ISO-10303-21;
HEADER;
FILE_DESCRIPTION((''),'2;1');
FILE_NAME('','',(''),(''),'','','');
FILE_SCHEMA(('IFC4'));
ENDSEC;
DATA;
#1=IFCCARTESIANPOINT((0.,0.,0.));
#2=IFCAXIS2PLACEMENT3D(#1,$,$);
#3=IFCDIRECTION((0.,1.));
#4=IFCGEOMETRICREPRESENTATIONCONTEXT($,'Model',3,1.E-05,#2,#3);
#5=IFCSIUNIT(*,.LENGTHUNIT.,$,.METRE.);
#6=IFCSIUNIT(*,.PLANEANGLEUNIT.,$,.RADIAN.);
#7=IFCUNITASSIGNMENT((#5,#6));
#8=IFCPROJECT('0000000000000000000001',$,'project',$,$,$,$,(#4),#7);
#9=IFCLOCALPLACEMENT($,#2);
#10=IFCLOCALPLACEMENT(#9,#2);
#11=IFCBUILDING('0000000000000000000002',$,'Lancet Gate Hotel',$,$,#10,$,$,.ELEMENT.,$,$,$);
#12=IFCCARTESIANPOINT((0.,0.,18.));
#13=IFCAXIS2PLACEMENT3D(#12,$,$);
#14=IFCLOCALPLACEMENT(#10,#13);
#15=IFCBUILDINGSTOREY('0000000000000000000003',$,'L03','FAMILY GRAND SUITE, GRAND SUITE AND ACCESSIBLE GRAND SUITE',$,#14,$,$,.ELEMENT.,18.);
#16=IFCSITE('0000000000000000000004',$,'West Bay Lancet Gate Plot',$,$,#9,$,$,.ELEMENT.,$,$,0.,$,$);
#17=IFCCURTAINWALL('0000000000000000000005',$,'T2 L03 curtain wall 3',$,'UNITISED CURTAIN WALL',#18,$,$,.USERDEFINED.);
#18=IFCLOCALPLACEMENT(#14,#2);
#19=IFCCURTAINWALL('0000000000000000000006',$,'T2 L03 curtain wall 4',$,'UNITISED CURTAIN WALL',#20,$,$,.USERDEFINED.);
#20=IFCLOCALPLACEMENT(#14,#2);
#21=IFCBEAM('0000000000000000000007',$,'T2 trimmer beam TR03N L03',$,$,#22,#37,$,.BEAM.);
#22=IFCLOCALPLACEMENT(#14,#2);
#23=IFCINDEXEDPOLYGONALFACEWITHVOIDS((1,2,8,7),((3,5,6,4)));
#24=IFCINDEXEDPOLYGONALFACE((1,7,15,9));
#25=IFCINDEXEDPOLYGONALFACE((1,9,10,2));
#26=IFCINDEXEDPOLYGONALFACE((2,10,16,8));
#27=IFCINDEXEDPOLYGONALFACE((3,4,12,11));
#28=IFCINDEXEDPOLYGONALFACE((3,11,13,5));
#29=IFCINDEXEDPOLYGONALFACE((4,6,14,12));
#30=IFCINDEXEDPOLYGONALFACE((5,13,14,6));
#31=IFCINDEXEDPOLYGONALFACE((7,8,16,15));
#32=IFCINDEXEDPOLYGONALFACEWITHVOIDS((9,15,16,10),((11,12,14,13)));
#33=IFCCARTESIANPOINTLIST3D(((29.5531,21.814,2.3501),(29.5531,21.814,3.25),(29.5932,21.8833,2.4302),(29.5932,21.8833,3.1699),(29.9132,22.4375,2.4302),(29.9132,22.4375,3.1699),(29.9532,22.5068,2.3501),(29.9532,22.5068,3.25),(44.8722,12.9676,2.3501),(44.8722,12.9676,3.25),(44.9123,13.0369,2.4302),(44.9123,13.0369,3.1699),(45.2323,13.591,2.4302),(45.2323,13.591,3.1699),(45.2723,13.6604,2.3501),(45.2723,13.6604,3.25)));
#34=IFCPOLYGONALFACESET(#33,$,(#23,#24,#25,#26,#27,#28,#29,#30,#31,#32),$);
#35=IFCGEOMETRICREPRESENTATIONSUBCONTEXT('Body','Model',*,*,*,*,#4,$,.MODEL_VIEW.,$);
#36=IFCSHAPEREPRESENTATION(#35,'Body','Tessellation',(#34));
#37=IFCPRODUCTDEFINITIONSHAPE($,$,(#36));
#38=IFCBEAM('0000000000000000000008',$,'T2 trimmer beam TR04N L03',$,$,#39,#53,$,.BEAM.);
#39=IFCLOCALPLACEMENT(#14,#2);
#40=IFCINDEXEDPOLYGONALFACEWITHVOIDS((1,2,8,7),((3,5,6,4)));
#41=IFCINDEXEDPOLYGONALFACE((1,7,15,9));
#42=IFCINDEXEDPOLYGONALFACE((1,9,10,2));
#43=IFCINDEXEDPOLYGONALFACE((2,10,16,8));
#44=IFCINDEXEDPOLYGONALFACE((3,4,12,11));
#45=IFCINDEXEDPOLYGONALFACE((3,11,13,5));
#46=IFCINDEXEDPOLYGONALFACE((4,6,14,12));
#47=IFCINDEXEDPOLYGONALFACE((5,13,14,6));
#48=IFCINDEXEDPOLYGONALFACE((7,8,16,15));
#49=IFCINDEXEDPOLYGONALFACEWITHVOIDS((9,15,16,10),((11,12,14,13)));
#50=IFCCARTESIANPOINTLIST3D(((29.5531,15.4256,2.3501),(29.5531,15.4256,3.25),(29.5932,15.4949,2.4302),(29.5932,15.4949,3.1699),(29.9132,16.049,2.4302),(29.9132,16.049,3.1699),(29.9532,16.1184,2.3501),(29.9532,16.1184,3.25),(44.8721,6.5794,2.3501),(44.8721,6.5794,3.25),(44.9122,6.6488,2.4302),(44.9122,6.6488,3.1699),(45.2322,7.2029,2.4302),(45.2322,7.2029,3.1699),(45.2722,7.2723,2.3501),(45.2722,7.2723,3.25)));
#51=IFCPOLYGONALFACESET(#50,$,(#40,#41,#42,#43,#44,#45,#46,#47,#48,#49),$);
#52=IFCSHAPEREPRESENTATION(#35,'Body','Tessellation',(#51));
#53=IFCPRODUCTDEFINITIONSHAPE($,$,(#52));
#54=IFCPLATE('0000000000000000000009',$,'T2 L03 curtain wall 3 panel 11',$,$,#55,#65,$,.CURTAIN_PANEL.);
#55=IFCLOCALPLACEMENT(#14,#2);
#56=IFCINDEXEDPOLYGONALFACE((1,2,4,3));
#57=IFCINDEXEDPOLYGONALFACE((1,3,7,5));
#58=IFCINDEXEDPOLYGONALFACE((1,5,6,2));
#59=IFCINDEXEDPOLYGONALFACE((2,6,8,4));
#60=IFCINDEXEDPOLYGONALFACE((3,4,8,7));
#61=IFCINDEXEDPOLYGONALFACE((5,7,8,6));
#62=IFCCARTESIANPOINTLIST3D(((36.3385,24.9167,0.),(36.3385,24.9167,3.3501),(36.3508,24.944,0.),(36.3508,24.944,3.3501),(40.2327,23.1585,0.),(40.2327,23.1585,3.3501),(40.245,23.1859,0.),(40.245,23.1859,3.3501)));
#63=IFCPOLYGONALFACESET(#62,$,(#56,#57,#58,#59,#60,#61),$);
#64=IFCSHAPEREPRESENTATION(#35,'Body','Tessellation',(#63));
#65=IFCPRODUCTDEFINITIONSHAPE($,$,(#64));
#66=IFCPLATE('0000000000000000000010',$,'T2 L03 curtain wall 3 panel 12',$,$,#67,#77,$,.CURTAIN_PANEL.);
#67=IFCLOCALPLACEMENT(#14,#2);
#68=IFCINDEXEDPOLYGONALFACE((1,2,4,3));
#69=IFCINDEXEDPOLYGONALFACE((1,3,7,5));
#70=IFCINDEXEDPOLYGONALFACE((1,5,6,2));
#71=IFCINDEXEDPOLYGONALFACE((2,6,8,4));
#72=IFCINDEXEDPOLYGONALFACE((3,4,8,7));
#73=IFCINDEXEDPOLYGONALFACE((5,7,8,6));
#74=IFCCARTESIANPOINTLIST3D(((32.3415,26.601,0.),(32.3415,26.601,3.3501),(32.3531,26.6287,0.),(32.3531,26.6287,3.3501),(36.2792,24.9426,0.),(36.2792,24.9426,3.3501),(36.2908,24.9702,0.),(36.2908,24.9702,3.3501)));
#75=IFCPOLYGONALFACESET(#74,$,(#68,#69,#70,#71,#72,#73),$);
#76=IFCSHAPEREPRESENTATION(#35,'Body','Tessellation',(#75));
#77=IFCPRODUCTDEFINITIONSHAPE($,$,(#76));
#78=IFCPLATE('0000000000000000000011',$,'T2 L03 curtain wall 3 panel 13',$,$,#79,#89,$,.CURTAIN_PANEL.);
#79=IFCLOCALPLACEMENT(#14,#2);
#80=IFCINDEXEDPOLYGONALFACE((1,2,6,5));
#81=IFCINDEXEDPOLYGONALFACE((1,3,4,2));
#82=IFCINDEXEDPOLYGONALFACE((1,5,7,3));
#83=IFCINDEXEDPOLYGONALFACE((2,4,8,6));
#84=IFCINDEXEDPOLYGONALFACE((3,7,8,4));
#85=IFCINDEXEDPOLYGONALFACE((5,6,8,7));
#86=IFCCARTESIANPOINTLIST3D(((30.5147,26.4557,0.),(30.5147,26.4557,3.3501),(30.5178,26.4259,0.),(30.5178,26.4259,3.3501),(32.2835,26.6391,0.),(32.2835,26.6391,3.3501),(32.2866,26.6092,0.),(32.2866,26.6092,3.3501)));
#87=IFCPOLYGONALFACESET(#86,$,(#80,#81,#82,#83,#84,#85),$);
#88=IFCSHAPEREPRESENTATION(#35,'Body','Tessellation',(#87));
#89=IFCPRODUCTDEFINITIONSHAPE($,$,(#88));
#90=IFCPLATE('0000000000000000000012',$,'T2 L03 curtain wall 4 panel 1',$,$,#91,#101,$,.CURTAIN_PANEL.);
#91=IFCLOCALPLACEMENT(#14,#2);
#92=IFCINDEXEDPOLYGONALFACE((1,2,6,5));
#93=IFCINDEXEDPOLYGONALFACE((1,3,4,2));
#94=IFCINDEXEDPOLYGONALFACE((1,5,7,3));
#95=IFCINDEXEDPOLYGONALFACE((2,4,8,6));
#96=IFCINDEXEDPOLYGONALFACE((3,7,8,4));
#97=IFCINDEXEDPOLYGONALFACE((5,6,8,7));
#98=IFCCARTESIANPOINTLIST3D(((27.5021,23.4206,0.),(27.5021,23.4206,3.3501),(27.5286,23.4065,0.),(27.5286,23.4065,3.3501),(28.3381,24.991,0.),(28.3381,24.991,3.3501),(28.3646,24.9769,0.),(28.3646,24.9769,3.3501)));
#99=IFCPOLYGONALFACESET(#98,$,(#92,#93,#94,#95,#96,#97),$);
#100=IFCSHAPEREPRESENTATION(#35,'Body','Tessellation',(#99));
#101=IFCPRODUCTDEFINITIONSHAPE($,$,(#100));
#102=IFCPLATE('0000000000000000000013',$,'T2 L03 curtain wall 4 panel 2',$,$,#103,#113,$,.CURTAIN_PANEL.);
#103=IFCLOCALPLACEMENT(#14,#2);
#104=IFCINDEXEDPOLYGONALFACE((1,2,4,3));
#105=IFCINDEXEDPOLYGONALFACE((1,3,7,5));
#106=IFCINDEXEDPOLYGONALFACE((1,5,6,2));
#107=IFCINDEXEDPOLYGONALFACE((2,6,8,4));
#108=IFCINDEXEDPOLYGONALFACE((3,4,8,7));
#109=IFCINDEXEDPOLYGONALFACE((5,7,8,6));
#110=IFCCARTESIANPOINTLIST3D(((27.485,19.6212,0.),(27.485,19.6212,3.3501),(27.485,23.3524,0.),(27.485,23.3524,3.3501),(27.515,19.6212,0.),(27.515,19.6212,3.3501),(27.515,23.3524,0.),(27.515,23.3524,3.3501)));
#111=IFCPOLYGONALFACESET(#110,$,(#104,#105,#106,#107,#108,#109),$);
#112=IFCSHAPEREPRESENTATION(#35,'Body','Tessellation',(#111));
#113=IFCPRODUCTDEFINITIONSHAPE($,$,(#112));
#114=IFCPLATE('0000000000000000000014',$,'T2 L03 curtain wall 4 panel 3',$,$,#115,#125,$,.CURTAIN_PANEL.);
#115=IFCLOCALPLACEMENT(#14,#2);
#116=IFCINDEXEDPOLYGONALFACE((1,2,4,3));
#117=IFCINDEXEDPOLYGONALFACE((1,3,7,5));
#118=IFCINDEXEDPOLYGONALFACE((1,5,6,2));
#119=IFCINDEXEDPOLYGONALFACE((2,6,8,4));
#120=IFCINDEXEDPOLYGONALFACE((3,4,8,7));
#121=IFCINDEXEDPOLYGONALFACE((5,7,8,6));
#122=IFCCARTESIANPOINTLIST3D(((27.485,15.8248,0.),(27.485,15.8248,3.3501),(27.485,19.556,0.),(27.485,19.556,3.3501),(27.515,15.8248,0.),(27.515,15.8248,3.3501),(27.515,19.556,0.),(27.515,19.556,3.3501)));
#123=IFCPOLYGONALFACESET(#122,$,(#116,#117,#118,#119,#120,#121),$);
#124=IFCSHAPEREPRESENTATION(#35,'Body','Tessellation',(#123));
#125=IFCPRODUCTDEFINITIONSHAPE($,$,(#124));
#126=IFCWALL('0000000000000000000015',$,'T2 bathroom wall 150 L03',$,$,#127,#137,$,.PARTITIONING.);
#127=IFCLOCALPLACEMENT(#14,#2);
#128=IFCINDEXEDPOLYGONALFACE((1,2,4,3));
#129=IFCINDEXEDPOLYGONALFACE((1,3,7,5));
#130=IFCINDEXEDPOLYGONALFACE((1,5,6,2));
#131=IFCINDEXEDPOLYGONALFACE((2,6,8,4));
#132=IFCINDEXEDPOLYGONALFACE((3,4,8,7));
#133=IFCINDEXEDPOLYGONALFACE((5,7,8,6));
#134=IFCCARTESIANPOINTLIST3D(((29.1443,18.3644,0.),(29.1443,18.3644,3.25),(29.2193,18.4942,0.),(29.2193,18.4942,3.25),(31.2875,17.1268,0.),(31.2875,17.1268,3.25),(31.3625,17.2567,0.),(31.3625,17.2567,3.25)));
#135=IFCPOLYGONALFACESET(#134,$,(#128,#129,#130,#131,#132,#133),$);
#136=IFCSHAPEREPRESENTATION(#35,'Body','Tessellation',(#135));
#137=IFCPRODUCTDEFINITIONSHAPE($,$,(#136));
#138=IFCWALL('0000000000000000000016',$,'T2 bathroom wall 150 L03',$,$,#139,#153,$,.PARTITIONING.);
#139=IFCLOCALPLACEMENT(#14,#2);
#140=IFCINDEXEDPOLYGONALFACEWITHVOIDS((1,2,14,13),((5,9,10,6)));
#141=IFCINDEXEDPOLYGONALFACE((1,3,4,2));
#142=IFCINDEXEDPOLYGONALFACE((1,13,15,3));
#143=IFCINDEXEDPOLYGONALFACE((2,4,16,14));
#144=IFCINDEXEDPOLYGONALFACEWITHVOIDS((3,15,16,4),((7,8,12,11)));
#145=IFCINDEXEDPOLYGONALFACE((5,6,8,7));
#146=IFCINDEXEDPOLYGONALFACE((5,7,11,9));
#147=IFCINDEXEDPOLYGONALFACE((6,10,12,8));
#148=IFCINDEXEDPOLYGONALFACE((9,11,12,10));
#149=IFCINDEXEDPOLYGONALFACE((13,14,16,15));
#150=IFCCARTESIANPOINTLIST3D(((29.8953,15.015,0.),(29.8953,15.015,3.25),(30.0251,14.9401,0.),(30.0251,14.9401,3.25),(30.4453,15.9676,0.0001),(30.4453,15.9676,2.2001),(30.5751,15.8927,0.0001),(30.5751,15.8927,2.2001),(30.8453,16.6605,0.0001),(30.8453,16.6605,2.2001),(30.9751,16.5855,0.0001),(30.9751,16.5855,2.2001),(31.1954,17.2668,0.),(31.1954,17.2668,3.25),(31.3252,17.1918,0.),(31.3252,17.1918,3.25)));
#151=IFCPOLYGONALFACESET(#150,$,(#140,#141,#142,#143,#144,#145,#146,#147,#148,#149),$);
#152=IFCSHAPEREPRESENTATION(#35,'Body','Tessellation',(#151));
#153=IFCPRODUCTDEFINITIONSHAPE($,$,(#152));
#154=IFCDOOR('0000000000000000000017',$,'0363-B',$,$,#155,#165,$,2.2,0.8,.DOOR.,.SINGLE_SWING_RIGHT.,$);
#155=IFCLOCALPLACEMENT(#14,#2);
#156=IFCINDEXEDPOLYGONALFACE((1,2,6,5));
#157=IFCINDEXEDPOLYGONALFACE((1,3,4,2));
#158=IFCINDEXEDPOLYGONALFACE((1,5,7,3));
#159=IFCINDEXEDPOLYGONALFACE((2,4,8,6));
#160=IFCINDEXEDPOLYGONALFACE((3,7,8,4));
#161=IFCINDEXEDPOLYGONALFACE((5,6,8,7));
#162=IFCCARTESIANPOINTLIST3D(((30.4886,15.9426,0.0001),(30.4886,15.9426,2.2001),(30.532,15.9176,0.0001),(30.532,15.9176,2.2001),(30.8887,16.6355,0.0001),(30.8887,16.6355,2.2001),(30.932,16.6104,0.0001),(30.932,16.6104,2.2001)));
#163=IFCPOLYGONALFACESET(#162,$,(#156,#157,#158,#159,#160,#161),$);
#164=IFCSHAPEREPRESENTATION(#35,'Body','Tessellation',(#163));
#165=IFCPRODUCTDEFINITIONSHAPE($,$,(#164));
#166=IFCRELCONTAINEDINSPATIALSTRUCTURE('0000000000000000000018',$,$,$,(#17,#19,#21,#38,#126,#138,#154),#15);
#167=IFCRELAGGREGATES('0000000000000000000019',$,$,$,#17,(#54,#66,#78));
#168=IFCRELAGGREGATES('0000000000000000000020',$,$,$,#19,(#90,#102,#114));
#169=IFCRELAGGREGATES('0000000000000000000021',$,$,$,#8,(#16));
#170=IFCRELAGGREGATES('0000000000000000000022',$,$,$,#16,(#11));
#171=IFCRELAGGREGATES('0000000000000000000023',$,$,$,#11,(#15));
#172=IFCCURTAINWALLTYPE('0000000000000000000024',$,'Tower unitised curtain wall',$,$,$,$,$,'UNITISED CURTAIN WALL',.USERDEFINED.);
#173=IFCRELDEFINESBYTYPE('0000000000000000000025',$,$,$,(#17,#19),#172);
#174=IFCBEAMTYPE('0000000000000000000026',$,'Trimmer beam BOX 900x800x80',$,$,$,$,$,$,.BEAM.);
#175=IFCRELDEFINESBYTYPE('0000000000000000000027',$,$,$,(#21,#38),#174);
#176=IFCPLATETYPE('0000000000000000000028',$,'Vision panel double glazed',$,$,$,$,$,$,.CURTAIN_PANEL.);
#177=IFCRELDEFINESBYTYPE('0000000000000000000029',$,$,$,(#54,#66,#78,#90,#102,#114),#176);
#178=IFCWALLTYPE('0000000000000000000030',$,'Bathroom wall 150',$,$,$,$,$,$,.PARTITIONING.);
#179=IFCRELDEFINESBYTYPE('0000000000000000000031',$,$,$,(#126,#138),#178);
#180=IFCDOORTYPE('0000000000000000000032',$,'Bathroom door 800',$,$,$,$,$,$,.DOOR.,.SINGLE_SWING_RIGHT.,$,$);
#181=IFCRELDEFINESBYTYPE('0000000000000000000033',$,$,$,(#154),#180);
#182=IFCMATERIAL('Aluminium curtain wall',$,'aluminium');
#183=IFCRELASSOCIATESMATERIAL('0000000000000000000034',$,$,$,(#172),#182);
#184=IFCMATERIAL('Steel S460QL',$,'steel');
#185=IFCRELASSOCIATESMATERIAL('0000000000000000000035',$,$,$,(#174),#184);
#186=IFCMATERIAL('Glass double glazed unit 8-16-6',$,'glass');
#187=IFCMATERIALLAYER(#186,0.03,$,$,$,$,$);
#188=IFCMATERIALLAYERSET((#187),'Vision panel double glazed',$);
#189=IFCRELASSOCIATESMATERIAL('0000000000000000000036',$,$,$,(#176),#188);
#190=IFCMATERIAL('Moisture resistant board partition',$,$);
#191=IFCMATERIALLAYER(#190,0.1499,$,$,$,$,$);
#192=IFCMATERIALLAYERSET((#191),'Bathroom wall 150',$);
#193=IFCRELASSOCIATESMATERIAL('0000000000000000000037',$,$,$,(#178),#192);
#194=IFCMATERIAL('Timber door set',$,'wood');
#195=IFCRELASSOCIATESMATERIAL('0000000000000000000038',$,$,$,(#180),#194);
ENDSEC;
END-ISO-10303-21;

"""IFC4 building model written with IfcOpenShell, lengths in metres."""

from ifc_helpers import new_model, si_unit, direction, frame, frame_2d, origin, origin_2d, place, context, subcontext, project, spatial, rectangle, hollow_rectangle, extrude, material, layer, layer_set, material_profile, profile_set, type_object, element, fill, aggregate, save


model = new_model("IFC4")

# Units and contexts
model_context = context("Model", 3, precision=1e-05, world=origin(), true_north=direction((0.0, 1.0)))
body_context = subcontext(model_context, "Body", "Model", "MODEL_VIEW")
ifc_project = project(units=[si_unit("LENGTHUNIT", "METRE"), si_unit("PLANEANGLEUNIT", "RADIAN")], contexts=[model_context])

# Site, building, storey
site_placement = place(None, origin())
site = spatial("IfcSite", under=ifc_project, at=site_placement, Name="West Bay Lancet Gate Plot", CompositionType="ELEMENT", RefElevation=0.0)
building_placement = place(site_placement, origin())
building = spatial("IfcBuilding", under=site, at=building_placement, Name="Lancet Gate Hotel", CompositionType="ELEMENT")
storey_placement = place(building_placement, frame((0.0, 0.0, 18.0)))
storey = spatial("IfcBuildingStorey", under=building, at=storey_placement, Name="L03", Description="FAMILY GRAND SUITE, GRAND SUITE AND ACCESSIBLE GRAND SUITE", CompositionType="ELEMENT", Elevation=18.0)

# Curtain walls
ifc_material_1 = material(Name="Aluminium curtain wall", Category="aluminium")
curtain_wall_type = type_object("IfcCurtainWallType", Name="Tower unitised curtain wall", ElementType="UNITISED CURTAIN WALL", PredefinedType="USERDEFINED", material=ifc_material_1)
curtain_wall_1_placement = place(storey_placement, origin())
curtain_wall_1 = element("IfcCurtainWall", 1, at=curtain_wall_1_placement, inside=storey, type_object=curtain_wall_type, Name="T2 L03 curtain wall 3", ObjectType="UNITISED CURTAIN WALL", PredefinedType="USERDEFINED")
curtain_wall_2_placement = place(storey_placement, origin())
curtain_wall_2 = element("IfcCurtainWall", 2, at=curtain_wall_2_placement, inside=storey, type_object=curtain_wall_type, Name="T2 L03 curtain wall 4", ObjectType="UNITISED CURTAIN WALL", PredefinedType="USERDEFINED")

# Beams
ifc_material_2 = material(Name="Steel S460QL", Category="steel")
ifc_material_profile_1 = material_profile(ifc_material_2, hollow_rectangle(XDim=0.8, YDim=0.8999, WallThickness=0.0801, at=origin_2d()), Name="BOX 900x800x80")
ifc_profile_set_1 = profile_set([ifc_material_profile_1], Name="Steel S460QL")
beam_type_1 = type_object("IfcBeamType", Name="Trimmer beam BOX 900x800x80", PredefinedType="BEAM", material=ifc_profile_set_1)
beam_1_placement = place(storey_placement, frame((29.7532, 22.1604, 2.8), z_axis=(0.865978, -0.500083, 0.0), x_axis=(0.500083, 0.865978, 0.0)))
element("IfcBeam", 3, at=beam_1_placement, inside=storey, type_object=beam_type_1, Name="T2 trimmer beam TR03N L03", PredefinedType="BEAM", context=body_context, shape_type="SweptSolid", body=[
    extrude(hollow_rectangle(XDim=0.8, YDim=0.8999, WallThickness=0.0801, at=origin_2d()), origin(), (0.0, 0.0, 1.0), 17.6899),
])
beam_2_placement = place(storey_placement, frame((29.7532, 15.772, 2.8), z_axis=(0.865984, -0.500072, 0.0), x_axis=(0.500072, 0.865984, 0.0)))
element("IfcBeam", 4, at=beam_2_placement, inside=storey, type_object=beam_type_1, Name="T2 trimmer beam TR04N L03", PredefinedType="BEAM", context=body_context, shape_type="SweptSolid", body=[
    extrude(hollow_rectangle(XDim=0.8, YDim=0.8999, WallThickness=0.0801, at=origin_2d()), origin(), (0.0, 0.0, 1.0), 17.6897),
])

# Plates
ifc_material_3 = material(Name="Glass double glazed unit 8-16-6", Category="glass")
ifc_layer_1 = layer(ifc_material_3, 0.03)
ifc_layer_set_1 = layer_set([ifc_layer_1], Name="Vision panel double glazed")
plate_type = type_object("IfcPlateType", Name="Vision panel double glazed", PredefinedType="CURTAIN_PANEL", material=ifc_layer_set_1)
plate_1_placement = place(storey_placement, frame((38.2917, 24.0513, 0.0), z_axis=(0.0, 0.0, 1.0), x_axis=(-0.911416, 0.411487, 0.0)))
plate_1 = element("IfcPlate", 5, at=plate_1_placement, type_object=plate_type, Name="T2 L03 curtain wall 3 panel 11", PredefinedType="CURTAIN_PANEL", context=body_context, shape_type="SweptSolid", body=[
    extrude(rectangle(XDim=4.2727, YDim=0.03, at=origin_2d()), origin(), (0.0, 0.0, 1.0), 3.3501),
])
plate_2_placement = place(storey_placement, frame((34.3162, 25.7856, 0.0), z_axis=(0.0, 0.0, 1.0), x_axis=(-0.921593, 0.388157, 0.0)))
plate_2 = element("IfcPlate", 6, at=plate_2_placement, type_object=plate_type, Name="T2 L03 curtain wall 3 panel 12", PredefinedType="CURTAIN_PANEL", context=body_context, shape_type="SweptSolid", body=[
    extrude(rectangle(XDim=4.2727, YDim=0.03, at=origin_2d()), origin(), (0.0, 0.0, 1.0), 3.3501),
])
plate_3_placement = place(storey_placement, frame((31.4006, 26.5325, 0.0), z_axis=(0.0, 0.0, 1.0), x_axis=(-0.994672, -0.103088, 0.0)))
plate_3 = element("IfcPlate", 7, at=plate_3_placement, type_object=plate_type, Name="T2 L03 curtain wall 3 panel 13", PredefinedType="CURTAIN_PANEL", context=body_context, shape_type="SweptSolid", body=[
    extrude(rectangle(XDim=1.7783, YDim=0.03, at=origin_2d()), origin(), (0.0, 0.0, 1.0), 3.3501),
])
aggregate(curtain_wall_1, [plate_1, plate_2, plate_3])
plate_4_placement = place(storey_placement, frame((27.9333, 24.1987, 0.0), z_axis=(0.0, 0.0, 1.0), x_axis=(-0.469898, -0.882721, 0.0)))
plate_4 = element("IfcPlate", 8, at=plate_4_placement, type_object=plate_type, Name="T2 L03 curtain wall 4 panel 1", PredefinedType="CURTAIN_PANEL", context=body_context, shape_type="SweptSolid", body=[
    extrude(rectangle(XDim=1.7791, YDim=0.03, at=origin_2d()), origin(), (0.0, 0.0, 1.0), 3.3501),
])
plate_5_placement = place(storey_placement, frame((27.5, 21.4868, 0.0), z_axis=(0.0, 0.0, 1.0), x_axis=(0.0, -1.0, 0.0)))
plate_5 = element("IfcPlate", 9, at=plate_5_placement, type_object=plate_type, Name="T2 L03 curtain wall 4 panel 2", PredefinedType="CURTAIN_PANEL", context=body_context, shape_type="SweptSolid", body=[
    extrude(rectangle(XDim=3.7312, YDim=0.03, at=origin_2d()), origin(), (0.0, 0.0, 1.0), 3.3501),
])
plate_6_placement = place(storey_placement, frame((27.5, 17.6904, 0.0), z_axis=(0.0, 0.0, 1.0), x_axis=(0.0, -1.0, 0.0)))
plate_6 = element("IfcPlate", 10, at=plate_6_placement, type_object=plate_type, Name="T2 L03 curtain wall 4 panel 3", PredefinedType="CURTAIN_PANEL", context=body_context, shape_type="SweptSolid", body=[
    extrude(rectangle(XDim=3.7312, YDim=0.03, at=origin_2d()), origin(), (0.0, 0.0, 1.0), 3.3501),
])
aggregate(curtain_wall_2, [plate_4, plate_5, plate_6])

# Wall
ifc_material_4 = material(Name="Moisture resistant board partition")
ifc_layer_2 = layer(ifc_material_4, 0.1499)
ifc_layer_set_2 = layer_set([ifc_layer_2], Name="Bathroom wall 150")
wall_type_1 = type_object("IfcWallType", Name="Bathroom wall 150", PredefinedType="PARTITIONING", material=ifc_layer_set_2)
wall_1_placement = place(storey_placement, frame((29.1819, 18.4292, 0.0), z_axis=(0.0, 0.0, 1.0), x_axis=(0.866007, -0.500033, 0.0)))
element("IfcWall", 11, at=wall_1_placement, inside=storey, type_object=wall_type_1, Name="T2 bathroom wall 150 L03", PredefinedType="PARTITIONING", context=body_context, shape_type="SweptSolid", body=[
    extrude(rectangle(XDim=2.4749, YDim=0.1499, at=frame_2d((1.2373, 0.0))), origin(), (0.0, 0.0, 1.0), 3.25),
])

# Wall, opening, door
wall_2_placement = place(storey_placement, frame((29.9602, 14.9775, 0.0), z_axis=(0.0, 0.0, 1.0), x_axis=(0.500007, 0.866021, 0.0)))
wall_2 = element("IfcWall", 12, at=wall_2_placement, inside=storey, type_object=wall_type_1, Name="T2 bathroom wall 150 L03", PredefinedType="PARTITIONING", context=body_context, shape_type="SweptSolid", body=[
    extrude(rectangle(XDim=2.6001, YDim=0.1499, at=frame_2d((1.3, 0.0))), origin(), (0.0, 0.0, 1.0), 3.25),
])
opening_1_placement = place(wall_2_placement, frame((1.1001, 0.0, 0.0)))
opening_1 = element("IfcOpeningElement", 13, at=opening_1_placement, cuts=wall_2, PredefinedType="OPENING", context=body_context, shape_type="SweptSolid", body=[
    extrude(rectangle(XDim=0.8, YDim=2.2, at=frame_2d((0.3999, 1.1001))), frame((0.0, 0.085, 0.0), z_axis=(0.0, -1.0, 0.0), x_axis=(1.0, 0.0, 0.0)), (0.0, 0.0, 1.0), 0.1699),
])
ifc_material_5 = material(Name="Timber door set", Category="wood")
door_type_1 = type_object("IfcDoorType", Name="Bathroom door 800", OperationType="SINGLE_SWING_RIGHT", PredefinedType="DOOR", material=ifc_material_5)
door_1_placement = place(opening_1_placement, origin())
door_1 = element("IfcDoor", 14, at=door_1_placement, inside=storey, type_object=door_type_1, Name="0363-B", OperationType="SINGLE_SWING_RIGHT", OverallHeight=2.2, OverallWidth=0.8, PredefinedType="DOOR", context=body_context, shape_type="SweptSolid", body=[
    extrude(rectangle(XDim=0.8, YDim=2.2, at=frame_2d((0.3999, 1.1001))), frame((0.0, 0.0249, 0.0), z_axis=(0.0, -1.0, 0.0), x_axis=(1.0, 0.0, 0.0)), (0.0, 0.0, 1.0), 0.05),
])
fill(opening_1, door_1)

save(model, "model.ifc")
